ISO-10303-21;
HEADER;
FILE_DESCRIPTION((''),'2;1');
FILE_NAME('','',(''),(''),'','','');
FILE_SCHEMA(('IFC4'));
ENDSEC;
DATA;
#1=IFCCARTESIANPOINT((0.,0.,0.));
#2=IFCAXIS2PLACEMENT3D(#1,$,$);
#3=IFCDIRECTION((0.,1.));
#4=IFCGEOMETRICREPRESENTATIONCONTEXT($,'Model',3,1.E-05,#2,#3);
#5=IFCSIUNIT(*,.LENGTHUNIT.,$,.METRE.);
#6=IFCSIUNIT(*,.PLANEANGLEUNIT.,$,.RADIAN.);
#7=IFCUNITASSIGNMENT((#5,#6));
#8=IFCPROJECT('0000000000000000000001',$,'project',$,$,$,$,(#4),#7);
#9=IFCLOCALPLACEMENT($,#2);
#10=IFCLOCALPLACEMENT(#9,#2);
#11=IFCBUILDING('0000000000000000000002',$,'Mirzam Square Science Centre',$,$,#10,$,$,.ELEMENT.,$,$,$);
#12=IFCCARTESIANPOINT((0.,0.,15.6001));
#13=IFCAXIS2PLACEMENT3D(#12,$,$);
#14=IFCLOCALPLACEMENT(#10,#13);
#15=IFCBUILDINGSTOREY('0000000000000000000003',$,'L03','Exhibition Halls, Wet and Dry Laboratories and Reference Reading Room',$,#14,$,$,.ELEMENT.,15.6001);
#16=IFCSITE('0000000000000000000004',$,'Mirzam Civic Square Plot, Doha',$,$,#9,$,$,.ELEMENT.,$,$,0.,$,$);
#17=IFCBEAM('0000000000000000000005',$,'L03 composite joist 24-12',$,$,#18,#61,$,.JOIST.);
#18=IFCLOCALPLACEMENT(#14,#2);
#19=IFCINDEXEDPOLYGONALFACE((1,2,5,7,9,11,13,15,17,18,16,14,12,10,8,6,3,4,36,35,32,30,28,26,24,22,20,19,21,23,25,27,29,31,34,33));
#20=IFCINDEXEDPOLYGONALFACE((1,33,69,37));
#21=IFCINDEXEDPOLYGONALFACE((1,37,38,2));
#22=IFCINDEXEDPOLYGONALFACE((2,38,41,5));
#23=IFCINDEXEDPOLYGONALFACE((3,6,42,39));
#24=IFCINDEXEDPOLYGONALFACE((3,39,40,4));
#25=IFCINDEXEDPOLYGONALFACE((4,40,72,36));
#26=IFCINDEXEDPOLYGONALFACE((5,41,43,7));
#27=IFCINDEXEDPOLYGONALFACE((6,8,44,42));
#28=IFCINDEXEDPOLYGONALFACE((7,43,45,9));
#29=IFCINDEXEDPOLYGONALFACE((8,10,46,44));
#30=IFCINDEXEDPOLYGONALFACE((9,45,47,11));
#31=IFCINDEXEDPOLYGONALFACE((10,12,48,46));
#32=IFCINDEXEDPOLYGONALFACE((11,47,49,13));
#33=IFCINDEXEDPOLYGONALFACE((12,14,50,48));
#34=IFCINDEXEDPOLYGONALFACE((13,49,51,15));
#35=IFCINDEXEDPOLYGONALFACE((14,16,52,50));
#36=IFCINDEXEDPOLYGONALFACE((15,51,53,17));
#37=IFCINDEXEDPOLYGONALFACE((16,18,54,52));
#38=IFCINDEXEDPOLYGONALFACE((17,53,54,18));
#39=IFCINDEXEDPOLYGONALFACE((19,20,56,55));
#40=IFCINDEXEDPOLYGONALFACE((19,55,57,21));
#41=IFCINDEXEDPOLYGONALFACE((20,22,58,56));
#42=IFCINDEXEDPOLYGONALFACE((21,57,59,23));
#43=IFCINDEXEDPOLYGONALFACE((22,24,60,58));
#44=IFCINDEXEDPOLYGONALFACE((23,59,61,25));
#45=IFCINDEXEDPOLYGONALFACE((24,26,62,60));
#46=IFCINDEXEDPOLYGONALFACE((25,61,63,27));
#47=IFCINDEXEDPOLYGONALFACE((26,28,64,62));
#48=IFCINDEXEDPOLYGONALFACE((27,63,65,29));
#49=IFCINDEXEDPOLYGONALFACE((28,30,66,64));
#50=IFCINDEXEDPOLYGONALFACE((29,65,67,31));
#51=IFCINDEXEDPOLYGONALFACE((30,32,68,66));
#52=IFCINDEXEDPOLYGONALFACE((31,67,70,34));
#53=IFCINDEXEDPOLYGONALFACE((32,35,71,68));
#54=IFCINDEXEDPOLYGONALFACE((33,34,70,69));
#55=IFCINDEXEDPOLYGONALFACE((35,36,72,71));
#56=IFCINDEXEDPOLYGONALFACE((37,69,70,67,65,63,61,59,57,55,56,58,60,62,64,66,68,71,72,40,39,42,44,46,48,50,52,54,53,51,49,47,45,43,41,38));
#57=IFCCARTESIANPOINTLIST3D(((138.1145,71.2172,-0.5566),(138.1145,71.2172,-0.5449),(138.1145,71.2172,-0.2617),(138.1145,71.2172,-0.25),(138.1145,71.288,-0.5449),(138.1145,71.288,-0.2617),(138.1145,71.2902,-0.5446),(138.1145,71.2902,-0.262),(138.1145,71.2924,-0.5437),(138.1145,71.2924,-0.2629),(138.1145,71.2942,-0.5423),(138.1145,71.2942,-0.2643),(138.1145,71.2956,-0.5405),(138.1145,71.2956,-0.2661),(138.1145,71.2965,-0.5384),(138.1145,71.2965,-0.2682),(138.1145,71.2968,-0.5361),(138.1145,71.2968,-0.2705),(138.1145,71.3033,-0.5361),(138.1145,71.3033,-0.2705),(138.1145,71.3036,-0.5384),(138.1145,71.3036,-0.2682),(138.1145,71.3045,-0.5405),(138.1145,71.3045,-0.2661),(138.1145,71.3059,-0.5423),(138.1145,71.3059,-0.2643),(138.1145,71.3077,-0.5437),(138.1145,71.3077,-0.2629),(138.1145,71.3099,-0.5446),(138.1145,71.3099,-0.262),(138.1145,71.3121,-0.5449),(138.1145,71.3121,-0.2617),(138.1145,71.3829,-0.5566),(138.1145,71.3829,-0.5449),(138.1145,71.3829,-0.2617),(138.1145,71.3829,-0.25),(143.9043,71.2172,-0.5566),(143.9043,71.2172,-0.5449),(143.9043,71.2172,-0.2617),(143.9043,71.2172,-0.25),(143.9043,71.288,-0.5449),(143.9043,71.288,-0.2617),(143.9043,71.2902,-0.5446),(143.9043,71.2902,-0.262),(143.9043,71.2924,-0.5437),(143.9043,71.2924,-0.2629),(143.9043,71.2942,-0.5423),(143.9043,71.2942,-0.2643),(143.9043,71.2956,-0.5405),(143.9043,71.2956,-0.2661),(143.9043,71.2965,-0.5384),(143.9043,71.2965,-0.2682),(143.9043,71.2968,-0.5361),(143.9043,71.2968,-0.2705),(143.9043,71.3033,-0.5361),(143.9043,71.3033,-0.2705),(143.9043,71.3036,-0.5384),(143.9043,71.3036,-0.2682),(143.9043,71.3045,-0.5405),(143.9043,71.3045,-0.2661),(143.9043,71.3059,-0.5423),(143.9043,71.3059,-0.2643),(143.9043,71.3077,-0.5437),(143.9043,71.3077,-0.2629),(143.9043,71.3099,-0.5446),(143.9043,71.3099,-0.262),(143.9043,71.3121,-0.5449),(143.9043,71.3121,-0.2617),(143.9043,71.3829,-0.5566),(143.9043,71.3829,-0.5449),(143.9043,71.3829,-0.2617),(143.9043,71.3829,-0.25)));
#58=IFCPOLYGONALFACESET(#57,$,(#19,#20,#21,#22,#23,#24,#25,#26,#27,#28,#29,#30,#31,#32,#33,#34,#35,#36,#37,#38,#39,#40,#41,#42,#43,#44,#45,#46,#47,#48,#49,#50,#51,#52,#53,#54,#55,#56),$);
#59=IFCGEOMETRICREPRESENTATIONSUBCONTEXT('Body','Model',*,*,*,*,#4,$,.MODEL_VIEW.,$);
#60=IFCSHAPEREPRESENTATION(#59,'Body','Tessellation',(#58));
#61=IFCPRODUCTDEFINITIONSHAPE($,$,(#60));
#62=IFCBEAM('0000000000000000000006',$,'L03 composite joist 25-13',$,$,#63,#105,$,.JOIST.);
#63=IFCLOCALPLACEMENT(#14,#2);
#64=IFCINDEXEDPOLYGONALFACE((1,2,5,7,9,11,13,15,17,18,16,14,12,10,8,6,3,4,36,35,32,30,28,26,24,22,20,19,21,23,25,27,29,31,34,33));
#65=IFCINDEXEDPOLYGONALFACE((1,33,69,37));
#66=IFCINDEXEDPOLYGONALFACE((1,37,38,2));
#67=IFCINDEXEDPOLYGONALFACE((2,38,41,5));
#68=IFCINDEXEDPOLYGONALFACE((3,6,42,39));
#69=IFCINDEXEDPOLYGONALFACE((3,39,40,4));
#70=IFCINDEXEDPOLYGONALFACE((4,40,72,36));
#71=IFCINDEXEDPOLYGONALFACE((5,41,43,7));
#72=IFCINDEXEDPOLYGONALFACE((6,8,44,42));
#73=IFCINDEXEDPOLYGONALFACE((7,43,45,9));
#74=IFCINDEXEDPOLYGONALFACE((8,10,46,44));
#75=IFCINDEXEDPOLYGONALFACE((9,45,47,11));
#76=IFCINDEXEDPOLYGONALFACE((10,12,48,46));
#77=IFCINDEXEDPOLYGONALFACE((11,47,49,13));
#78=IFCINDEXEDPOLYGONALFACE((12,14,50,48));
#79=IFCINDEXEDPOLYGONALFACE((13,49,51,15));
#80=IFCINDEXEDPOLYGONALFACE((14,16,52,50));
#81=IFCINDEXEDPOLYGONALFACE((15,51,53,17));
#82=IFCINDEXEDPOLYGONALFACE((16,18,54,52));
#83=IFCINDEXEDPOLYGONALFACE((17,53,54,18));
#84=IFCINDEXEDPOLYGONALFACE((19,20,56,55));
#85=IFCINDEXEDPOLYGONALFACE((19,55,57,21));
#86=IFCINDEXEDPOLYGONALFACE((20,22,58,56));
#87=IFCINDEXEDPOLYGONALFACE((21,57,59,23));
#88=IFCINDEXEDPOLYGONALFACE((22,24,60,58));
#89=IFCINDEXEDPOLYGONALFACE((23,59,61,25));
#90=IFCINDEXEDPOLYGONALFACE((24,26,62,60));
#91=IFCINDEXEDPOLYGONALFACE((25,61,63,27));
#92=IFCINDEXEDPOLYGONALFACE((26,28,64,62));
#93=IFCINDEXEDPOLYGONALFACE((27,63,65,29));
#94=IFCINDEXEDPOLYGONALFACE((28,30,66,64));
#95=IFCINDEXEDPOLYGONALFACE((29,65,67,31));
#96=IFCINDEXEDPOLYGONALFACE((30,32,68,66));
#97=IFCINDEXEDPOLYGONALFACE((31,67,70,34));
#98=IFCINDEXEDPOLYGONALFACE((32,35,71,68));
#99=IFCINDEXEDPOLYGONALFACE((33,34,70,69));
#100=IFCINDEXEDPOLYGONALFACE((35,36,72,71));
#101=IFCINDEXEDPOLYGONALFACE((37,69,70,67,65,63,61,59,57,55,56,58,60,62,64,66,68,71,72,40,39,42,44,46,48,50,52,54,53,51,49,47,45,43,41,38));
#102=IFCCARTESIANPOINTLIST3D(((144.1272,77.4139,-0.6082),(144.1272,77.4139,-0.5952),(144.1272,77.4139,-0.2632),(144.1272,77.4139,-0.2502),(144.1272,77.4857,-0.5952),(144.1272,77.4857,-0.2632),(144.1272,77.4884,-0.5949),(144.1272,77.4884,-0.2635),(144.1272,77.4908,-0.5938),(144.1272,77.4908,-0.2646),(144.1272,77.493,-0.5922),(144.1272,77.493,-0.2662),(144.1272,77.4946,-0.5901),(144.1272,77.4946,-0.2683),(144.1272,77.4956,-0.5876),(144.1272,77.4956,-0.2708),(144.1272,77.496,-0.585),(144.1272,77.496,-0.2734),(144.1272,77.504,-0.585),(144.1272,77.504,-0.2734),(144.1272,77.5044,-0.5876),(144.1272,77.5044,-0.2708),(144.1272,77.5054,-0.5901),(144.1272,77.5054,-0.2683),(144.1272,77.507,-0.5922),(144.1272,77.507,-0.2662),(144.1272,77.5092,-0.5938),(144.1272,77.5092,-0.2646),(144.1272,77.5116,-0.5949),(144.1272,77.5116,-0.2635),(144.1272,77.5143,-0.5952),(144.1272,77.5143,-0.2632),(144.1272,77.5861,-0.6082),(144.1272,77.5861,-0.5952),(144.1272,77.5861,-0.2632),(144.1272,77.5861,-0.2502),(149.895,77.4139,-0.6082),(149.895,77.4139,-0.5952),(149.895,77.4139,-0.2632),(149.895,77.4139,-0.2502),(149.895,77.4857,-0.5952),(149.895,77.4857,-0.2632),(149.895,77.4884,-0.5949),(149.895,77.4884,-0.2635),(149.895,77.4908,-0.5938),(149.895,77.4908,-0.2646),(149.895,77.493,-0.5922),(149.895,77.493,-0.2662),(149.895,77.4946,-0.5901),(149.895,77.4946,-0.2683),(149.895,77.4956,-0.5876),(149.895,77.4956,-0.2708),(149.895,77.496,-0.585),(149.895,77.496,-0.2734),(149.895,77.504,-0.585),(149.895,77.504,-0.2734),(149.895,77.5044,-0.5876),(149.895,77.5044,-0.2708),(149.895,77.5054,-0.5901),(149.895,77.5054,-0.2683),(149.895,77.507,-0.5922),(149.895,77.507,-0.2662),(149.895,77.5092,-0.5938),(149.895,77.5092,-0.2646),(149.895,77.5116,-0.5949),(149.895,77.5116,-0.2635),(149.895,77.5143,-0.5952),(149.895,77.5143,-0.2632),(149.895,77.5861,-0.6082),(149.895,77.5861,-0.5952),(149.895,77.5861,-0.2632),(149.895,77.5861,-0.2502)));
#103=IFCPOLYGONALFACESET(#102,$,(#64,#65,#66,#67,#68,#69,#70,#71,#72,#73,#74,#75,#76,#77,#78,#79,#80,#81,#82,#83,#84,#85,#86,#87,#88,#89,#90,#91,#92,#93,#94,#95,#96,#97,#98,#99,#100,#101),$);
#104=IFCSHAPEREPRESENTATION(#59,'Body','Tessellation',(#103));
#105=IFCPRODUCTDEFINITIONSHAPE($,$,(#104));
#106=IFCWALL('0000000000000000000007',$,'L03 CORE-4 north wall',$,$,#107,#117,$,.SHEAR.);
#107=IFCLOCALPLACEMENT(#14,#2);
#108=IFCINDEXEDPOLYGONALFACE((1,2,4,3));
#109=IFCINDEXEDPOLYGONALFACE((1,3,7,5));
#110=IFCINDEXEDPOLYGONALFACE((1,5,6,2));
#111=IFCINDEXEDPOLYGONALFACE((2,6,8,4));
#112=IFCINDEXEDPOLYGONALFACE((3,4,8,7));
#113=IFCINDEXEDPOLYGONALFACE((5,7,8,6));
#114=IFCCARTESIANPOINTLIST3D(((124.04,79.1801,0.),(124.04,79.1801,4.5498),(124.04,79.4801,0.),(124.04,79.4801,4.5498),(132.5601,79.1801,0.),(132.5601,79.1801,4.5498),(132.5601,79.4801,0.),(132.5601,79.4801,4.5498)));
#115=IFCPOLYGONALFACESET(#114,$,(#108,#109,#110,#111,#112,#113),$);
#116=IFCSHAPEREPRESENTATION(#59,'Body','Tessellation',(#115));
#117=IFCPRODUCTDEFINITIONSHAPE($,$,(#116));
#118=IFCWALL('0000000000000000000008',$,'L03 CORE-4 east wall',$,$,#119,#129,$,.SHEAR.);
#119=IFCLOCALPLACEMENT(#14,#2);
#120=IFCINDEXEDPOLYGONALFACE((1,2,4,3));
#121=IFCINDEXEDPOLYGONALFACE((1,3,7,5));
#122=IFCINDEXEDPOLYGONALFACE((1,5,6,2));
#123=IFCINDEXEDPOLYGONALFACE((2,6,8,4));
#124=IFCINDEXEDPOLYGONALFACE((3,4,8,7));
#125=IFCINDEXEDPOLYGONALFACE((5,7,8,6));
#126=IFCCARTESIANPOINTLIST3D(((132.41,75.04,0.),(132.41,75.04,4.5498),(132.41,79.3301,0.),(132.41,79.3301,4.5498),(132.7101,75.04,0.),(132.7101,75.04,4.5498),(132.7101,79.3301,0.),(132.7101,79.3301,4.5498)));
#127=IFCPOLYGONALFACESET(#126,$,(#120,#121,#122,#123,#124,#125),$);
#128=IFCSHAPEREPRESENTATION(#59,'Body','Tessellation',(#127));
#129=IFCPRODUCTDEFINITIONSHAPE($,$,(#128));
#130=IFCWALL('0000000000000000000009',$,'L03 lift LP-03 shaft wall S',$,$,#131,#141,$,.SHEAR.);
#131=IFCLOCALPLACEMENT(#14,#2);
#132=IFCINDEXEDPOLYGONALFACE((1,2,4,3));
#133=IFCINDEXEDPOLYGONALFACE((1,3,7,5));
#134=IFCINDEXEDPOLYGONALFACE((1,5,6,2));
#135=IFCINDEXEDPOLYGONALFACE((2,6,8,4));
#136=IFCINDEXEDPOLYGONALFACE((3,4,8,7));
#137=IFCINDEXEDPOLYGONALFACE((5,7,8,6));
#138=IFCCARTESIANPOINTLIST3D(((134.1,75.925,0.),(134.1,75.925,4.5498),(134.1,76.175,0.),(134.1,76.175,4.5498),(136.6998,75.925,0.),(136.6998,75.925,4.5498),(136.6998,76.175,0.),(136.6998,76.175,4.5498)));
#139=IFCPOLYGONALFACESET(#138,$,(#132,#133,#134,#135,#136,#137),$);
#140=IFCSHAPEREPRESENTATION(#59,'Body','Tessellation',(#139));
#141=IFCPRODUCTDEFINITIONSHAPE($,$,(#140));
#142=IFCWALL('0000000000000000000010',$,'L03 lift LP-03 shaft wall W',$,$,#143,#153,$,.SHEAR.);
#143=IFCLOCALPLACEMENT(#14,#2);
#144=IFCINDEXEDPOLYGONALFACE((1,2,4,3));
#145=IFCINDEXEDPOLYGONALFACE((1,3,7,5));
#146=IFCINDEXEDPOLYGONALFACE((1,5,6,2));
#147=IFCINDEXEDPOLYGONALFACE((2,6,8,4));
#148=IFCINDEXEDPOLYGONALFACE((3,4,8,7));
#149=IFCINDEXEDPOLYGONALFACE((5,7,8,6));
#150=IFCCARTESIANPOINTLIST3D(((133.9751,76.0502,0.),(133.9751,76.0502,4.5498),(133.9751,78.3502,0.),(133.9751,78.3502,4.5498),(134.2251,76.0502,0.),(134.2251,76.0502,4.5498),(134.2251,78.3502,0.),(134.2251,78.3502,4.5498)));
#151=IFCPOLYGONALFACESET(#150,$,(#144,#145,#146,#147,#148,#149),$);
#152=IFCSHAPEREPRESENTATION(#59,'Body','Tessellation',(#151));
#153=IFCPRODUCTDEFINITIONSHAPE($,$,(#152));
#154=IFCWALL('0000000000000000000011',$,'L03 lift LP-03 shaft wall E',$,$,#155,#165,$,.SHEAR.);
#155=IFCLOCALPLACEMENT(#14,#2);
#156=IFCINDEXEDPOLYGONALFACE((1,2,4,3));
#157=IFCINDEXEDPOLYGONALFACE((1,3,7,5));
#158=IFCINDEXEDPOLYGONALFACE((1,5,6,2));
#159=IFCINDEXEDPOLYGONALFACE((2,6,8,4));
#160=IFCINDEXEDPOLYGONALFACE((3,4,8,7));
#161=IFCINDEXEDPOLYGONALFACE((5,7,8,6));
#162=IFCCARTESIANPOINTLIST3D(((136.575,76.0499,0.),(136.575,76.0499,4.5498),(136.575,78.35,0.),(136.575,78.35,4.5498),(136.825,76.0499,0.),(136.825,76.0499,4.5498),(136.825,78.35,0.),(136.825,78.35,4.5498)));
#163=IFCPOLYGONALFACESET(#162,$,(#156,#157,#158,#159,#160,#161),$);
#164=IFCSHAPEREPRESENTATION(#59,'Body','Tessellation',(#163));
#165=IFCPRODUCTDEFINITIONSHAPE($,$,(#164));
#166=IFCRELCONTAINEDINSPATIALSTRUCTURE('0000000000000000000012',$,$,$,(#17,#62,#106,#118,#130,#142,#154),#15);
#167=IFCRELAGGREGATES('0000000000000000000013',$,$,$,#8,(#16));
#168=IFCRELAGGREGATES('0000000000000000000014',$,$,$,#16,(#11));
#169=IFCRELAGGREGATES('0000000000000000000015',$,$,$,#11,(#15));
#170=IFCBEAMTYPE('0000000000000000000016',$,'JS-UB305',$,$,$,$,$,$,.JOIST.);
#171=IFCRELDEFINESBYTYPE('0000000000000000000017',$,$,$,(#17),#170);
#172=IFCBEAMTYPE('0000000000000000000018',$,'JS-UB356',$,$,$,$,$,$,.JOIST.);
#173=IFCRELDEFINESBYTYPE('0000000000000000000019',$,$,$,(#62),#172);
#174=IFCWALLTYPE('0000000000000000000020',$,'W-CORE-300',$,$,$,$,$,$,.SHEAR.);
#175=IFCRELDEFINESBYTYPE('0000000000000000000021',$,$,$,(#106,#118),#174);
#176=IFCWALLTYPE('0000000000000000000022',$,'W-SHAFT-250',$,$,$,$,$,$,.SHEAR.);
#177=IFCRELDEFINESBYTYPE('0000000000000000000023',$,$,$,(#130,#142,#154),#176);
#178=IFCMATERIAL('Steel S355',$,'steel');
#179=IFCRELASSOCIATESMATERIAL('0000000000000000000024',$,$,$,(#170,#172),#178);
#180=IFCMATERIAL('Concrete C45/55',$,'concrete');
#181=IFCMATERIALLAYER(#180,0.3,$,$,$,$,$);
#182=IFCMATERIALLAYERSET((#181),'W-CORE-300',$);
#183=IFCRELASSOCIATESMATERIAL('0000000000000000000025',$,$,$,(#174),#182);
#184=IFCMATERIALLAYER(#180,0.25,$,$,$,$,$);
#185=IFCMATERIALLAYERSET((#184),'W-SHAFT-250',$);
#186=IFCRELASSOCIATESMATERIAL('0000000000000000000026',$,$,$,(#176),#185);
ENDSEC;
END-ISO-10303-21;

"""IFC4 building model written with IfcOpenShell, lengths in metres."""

from ifc_helpers import new_model, si_unit, direction, frame, frame_2d, origin, origin_2d, place, context, subcontext, project, spatial, rectangle, i_section, extrude, material, layer, layer_set, material_profile, profile_set, type_object, element, save


model = new_model("IFC4")

# Units and contexts
model_context = context("Model", 3, precision=1e-05, world=origin(), true_north=direction((0.0, 1.0)))
body_context = subcontext(model_context, "Body", "Model", "MODEL_VIEW")
ifc_project = project(units=[si_unit("LENGTHUNIT", "METRE"), si_unit("PLANEANGLEUNIT", "RADIAN")], contexts=[model_context])

# Site, building, storey
site_placement = place(None, origin())
site = spatial("IfcSite", under=ifc_project, at=site_placement, Name="Mirzam Civic Square Plot, Doha", CompositionType="ELEMENT", RefElevation=0.0)
building_placement = place(site_placement, origin())
building = spatial("IfcBuilding", under=site, at=building_placement, Name="Mirzam Square Science Centre", CompositionType="ELEMENT")
storey_placement = place(building_placement, frame((0.0, 0.0, 15.6001)))
storey = spatial("IfcBuildingStorey", under=building, at=storey_placement, Name="L03", Description="Exhibition Halls, Wet and Dry Laboratories and Reference Reading Room", CompositionType="ELEMENT", Elevation=15.6001)

# Shared definitions
ifc_material_1 = material(Name="Steel S355", Category="steel")

# Beams
ifc_material_profile_1 = material_profile(ifc_material_1, i_section(OverallWidth=0.1658, OverallDepth=0.3066, WebThickness=0.0066, FlangeThickness=0.0117, FilletRadius=0.0088, at=origin_2d()), Name="305x165x46UB")
ifc_profile_set_1 = profile_set([ifc_material_profile_1], Name="Steel S355")
beam_type_1 = type_object("IfcBeamType", Name="JS-UB305", PredefinedType="JOIST", material=ifc_profile_set_1)
beam_1_placement = place(storey_placement, frame((138.1145, 71.3, -0.4033), z_axis=(1.0, 0.0, 0.0), x_axis=(0.0, 1.0, 0.0)))
element("IfcBeam", 1, at=beam_1_placement, inside=storey, type_object=beam_type_1, Name="L03 composite joist 24-12", PredefinedType="JOIST", context=body_context, shape_type="SweptSolid", body=[
    extrude(i_section(OverallWidth=0.1658, OverallDepth=0.3066, WebThickness=0.0066, FlangeThickness=0.0117, FilletRadius=0.0088, at=origin_2d()), origin(), (0.0, 0.0, 1.0), 5.7898),
])
ifc_material_profile_2 = material_profile(ifc_material_1, i_section(OverallWidth=0.1721, OverallDepth=0.3579, WebThickness=0.0081, FlangeThickness=0.0129, FilletRadius=0.0103, at=origin_2d()), Name="356x171x57UB")
ifc_profile_set_2 = profile_set([ifc_material_profile_2], Name="Steel S355")
beam_type_2 = type_object("IfcBeamType", Name="JS-UB356", PredefinedType="JOIST", material=ifc_profile_set_2)
beam_2_placement = place(storey_placement, frame((144.1272, 77.5, -0.4292), z_axis=(1.0, 0.0, 0.0), x_axis=(0.0, 1.0, 0.0)))
element("IfcBeam", 2, at=beam_2_placement, inside=storey, type_object=beam_type_2, Name="L03 composite joist 25-13", PredefinedType="JOIST", context=body_context, shape_type="SweptSolid", body=[
    extrude(i_section(OverallWidth=0.1721, OverallDepth=0.3579, WebThickness=0.0081, FlangeThickness=0.0129, FilletRadius=0.0103, at=origin_2d()), origin(), (0.0, 0.0, 1.0), 5.7678),
])

# Walls
ifc_material_2 = material(Name="Concrete C45/55", Category="concrete")
ifc_layer_1 = layer(ifc_material_2, 0.3)
ifc_layer_set_1 = layer_set([ifc_layer_1], Name="W-CORE-300")
wall_type_1 = type_object("IfcWallType", Name="W-CORE-300", PredefinedType="SHEAR", material=ifc_layer_set_1)
wall_1_placement = place(storey_placement, frame((132.5601, 79.3301, 0.0), z_axis=(0.0, 0.0, 1.0), x_axis=(-1.0, 0.0, 0.0)))
element("IfcWall", 3, at=wall_1_placement, inside=storey, type_object=wall_type_1, Name="L03 CORE-4 north wall", PredefinedType="SHEAR", context=body_context, shape_type="SweptSolid", body=[
    extrude(rectangle(XDim=8.52, YDim=0.3, at=frame_2d((4.26, 0.0))), origin(), (0.0, 0.0, 1.0), 4.5498),
])
wall_2_placement = place(storey_placement, frame((132.5601, 75.04, 0.0), z_axis=(0.0, 0.0, 1.0), x_axis=(0.0, 1.0, 0.0)))
element("IfcWall", 4, at=wall_2_placement, inside=storey, type_object=wall_type_1, Name="L03 CORE-4 east wall", PredefinedType="SHEAR", context=body_context, shape_type="SweptSolid", body=[
    extrude(rectangle(XDim=4.29, YDim=0.3, at=frame_2d((2.145, 0.0))), origin(), (0.0, 0.0, 1.0), 4.5498),
])
ifc_layer_2 = layer(ifc_material_2, 0.25)
ifc_layer_set_2 = layer_set([ifc_layer_2], Name="W-SHAFT-250")
wall_type_2 = type_object("IfcWallType", Name="W-SHAFT-250", PredefinedType="SHEAR", material=ifc_layer_set_2)
wall_3_placement = place(storey_placement, frame((134.1001, 76.05, 0.0), z_axis=(0.0, 0.0, 1.0), x_axis=(1.0, 0.0, 0.0)))
element("IfcWall", 5, at=wall_3_placement, inside=storey, type_object=wall_type_2, Name="L03 lift LP-03 shaft wall S", PredefinedType="SHEAR", context=body_context, shape_type="SweptSolid", body=[
    extrude(rectangle(XDim=2.5999, YDim=0.25, at=frame_2d((1.2998, 0.0))), origin(), (0.0, 0.0, 1.0), 4.5498),
])

# Walls
for number, where, z_axis, x_axis, name in (
    (6, (134.1001, 78.3501, 0.0), (0.0, 0.0, 1.0), (0.0, -1.0, 0.0), "L03 lift LP-03 shaft wall W"),
    (7, (136.7, 76.05, 0.0), (0.0, 0.0, 1.0), (0.0, 1.0, 0.0), "L03 lift LP-03 shaft wall E"),
):
    element("IfcWall", number, at=place(storey_placement, frame(where, z_axis=z_axis, x_axis=x_axis)), inside=storey, type_object=wall_type_2, Name=name, PredefinedType="SHEAR", context=body_context, shape_type="SweptSolid", body=[
        extrude(rectangle(XDim=2.3, YDim=0.25, at=frame_2d((1.1499, 0.0))), origin(), (0.0, 0.0, 1.0), 4.5498),
    ])

save(model, "model.ifc")
